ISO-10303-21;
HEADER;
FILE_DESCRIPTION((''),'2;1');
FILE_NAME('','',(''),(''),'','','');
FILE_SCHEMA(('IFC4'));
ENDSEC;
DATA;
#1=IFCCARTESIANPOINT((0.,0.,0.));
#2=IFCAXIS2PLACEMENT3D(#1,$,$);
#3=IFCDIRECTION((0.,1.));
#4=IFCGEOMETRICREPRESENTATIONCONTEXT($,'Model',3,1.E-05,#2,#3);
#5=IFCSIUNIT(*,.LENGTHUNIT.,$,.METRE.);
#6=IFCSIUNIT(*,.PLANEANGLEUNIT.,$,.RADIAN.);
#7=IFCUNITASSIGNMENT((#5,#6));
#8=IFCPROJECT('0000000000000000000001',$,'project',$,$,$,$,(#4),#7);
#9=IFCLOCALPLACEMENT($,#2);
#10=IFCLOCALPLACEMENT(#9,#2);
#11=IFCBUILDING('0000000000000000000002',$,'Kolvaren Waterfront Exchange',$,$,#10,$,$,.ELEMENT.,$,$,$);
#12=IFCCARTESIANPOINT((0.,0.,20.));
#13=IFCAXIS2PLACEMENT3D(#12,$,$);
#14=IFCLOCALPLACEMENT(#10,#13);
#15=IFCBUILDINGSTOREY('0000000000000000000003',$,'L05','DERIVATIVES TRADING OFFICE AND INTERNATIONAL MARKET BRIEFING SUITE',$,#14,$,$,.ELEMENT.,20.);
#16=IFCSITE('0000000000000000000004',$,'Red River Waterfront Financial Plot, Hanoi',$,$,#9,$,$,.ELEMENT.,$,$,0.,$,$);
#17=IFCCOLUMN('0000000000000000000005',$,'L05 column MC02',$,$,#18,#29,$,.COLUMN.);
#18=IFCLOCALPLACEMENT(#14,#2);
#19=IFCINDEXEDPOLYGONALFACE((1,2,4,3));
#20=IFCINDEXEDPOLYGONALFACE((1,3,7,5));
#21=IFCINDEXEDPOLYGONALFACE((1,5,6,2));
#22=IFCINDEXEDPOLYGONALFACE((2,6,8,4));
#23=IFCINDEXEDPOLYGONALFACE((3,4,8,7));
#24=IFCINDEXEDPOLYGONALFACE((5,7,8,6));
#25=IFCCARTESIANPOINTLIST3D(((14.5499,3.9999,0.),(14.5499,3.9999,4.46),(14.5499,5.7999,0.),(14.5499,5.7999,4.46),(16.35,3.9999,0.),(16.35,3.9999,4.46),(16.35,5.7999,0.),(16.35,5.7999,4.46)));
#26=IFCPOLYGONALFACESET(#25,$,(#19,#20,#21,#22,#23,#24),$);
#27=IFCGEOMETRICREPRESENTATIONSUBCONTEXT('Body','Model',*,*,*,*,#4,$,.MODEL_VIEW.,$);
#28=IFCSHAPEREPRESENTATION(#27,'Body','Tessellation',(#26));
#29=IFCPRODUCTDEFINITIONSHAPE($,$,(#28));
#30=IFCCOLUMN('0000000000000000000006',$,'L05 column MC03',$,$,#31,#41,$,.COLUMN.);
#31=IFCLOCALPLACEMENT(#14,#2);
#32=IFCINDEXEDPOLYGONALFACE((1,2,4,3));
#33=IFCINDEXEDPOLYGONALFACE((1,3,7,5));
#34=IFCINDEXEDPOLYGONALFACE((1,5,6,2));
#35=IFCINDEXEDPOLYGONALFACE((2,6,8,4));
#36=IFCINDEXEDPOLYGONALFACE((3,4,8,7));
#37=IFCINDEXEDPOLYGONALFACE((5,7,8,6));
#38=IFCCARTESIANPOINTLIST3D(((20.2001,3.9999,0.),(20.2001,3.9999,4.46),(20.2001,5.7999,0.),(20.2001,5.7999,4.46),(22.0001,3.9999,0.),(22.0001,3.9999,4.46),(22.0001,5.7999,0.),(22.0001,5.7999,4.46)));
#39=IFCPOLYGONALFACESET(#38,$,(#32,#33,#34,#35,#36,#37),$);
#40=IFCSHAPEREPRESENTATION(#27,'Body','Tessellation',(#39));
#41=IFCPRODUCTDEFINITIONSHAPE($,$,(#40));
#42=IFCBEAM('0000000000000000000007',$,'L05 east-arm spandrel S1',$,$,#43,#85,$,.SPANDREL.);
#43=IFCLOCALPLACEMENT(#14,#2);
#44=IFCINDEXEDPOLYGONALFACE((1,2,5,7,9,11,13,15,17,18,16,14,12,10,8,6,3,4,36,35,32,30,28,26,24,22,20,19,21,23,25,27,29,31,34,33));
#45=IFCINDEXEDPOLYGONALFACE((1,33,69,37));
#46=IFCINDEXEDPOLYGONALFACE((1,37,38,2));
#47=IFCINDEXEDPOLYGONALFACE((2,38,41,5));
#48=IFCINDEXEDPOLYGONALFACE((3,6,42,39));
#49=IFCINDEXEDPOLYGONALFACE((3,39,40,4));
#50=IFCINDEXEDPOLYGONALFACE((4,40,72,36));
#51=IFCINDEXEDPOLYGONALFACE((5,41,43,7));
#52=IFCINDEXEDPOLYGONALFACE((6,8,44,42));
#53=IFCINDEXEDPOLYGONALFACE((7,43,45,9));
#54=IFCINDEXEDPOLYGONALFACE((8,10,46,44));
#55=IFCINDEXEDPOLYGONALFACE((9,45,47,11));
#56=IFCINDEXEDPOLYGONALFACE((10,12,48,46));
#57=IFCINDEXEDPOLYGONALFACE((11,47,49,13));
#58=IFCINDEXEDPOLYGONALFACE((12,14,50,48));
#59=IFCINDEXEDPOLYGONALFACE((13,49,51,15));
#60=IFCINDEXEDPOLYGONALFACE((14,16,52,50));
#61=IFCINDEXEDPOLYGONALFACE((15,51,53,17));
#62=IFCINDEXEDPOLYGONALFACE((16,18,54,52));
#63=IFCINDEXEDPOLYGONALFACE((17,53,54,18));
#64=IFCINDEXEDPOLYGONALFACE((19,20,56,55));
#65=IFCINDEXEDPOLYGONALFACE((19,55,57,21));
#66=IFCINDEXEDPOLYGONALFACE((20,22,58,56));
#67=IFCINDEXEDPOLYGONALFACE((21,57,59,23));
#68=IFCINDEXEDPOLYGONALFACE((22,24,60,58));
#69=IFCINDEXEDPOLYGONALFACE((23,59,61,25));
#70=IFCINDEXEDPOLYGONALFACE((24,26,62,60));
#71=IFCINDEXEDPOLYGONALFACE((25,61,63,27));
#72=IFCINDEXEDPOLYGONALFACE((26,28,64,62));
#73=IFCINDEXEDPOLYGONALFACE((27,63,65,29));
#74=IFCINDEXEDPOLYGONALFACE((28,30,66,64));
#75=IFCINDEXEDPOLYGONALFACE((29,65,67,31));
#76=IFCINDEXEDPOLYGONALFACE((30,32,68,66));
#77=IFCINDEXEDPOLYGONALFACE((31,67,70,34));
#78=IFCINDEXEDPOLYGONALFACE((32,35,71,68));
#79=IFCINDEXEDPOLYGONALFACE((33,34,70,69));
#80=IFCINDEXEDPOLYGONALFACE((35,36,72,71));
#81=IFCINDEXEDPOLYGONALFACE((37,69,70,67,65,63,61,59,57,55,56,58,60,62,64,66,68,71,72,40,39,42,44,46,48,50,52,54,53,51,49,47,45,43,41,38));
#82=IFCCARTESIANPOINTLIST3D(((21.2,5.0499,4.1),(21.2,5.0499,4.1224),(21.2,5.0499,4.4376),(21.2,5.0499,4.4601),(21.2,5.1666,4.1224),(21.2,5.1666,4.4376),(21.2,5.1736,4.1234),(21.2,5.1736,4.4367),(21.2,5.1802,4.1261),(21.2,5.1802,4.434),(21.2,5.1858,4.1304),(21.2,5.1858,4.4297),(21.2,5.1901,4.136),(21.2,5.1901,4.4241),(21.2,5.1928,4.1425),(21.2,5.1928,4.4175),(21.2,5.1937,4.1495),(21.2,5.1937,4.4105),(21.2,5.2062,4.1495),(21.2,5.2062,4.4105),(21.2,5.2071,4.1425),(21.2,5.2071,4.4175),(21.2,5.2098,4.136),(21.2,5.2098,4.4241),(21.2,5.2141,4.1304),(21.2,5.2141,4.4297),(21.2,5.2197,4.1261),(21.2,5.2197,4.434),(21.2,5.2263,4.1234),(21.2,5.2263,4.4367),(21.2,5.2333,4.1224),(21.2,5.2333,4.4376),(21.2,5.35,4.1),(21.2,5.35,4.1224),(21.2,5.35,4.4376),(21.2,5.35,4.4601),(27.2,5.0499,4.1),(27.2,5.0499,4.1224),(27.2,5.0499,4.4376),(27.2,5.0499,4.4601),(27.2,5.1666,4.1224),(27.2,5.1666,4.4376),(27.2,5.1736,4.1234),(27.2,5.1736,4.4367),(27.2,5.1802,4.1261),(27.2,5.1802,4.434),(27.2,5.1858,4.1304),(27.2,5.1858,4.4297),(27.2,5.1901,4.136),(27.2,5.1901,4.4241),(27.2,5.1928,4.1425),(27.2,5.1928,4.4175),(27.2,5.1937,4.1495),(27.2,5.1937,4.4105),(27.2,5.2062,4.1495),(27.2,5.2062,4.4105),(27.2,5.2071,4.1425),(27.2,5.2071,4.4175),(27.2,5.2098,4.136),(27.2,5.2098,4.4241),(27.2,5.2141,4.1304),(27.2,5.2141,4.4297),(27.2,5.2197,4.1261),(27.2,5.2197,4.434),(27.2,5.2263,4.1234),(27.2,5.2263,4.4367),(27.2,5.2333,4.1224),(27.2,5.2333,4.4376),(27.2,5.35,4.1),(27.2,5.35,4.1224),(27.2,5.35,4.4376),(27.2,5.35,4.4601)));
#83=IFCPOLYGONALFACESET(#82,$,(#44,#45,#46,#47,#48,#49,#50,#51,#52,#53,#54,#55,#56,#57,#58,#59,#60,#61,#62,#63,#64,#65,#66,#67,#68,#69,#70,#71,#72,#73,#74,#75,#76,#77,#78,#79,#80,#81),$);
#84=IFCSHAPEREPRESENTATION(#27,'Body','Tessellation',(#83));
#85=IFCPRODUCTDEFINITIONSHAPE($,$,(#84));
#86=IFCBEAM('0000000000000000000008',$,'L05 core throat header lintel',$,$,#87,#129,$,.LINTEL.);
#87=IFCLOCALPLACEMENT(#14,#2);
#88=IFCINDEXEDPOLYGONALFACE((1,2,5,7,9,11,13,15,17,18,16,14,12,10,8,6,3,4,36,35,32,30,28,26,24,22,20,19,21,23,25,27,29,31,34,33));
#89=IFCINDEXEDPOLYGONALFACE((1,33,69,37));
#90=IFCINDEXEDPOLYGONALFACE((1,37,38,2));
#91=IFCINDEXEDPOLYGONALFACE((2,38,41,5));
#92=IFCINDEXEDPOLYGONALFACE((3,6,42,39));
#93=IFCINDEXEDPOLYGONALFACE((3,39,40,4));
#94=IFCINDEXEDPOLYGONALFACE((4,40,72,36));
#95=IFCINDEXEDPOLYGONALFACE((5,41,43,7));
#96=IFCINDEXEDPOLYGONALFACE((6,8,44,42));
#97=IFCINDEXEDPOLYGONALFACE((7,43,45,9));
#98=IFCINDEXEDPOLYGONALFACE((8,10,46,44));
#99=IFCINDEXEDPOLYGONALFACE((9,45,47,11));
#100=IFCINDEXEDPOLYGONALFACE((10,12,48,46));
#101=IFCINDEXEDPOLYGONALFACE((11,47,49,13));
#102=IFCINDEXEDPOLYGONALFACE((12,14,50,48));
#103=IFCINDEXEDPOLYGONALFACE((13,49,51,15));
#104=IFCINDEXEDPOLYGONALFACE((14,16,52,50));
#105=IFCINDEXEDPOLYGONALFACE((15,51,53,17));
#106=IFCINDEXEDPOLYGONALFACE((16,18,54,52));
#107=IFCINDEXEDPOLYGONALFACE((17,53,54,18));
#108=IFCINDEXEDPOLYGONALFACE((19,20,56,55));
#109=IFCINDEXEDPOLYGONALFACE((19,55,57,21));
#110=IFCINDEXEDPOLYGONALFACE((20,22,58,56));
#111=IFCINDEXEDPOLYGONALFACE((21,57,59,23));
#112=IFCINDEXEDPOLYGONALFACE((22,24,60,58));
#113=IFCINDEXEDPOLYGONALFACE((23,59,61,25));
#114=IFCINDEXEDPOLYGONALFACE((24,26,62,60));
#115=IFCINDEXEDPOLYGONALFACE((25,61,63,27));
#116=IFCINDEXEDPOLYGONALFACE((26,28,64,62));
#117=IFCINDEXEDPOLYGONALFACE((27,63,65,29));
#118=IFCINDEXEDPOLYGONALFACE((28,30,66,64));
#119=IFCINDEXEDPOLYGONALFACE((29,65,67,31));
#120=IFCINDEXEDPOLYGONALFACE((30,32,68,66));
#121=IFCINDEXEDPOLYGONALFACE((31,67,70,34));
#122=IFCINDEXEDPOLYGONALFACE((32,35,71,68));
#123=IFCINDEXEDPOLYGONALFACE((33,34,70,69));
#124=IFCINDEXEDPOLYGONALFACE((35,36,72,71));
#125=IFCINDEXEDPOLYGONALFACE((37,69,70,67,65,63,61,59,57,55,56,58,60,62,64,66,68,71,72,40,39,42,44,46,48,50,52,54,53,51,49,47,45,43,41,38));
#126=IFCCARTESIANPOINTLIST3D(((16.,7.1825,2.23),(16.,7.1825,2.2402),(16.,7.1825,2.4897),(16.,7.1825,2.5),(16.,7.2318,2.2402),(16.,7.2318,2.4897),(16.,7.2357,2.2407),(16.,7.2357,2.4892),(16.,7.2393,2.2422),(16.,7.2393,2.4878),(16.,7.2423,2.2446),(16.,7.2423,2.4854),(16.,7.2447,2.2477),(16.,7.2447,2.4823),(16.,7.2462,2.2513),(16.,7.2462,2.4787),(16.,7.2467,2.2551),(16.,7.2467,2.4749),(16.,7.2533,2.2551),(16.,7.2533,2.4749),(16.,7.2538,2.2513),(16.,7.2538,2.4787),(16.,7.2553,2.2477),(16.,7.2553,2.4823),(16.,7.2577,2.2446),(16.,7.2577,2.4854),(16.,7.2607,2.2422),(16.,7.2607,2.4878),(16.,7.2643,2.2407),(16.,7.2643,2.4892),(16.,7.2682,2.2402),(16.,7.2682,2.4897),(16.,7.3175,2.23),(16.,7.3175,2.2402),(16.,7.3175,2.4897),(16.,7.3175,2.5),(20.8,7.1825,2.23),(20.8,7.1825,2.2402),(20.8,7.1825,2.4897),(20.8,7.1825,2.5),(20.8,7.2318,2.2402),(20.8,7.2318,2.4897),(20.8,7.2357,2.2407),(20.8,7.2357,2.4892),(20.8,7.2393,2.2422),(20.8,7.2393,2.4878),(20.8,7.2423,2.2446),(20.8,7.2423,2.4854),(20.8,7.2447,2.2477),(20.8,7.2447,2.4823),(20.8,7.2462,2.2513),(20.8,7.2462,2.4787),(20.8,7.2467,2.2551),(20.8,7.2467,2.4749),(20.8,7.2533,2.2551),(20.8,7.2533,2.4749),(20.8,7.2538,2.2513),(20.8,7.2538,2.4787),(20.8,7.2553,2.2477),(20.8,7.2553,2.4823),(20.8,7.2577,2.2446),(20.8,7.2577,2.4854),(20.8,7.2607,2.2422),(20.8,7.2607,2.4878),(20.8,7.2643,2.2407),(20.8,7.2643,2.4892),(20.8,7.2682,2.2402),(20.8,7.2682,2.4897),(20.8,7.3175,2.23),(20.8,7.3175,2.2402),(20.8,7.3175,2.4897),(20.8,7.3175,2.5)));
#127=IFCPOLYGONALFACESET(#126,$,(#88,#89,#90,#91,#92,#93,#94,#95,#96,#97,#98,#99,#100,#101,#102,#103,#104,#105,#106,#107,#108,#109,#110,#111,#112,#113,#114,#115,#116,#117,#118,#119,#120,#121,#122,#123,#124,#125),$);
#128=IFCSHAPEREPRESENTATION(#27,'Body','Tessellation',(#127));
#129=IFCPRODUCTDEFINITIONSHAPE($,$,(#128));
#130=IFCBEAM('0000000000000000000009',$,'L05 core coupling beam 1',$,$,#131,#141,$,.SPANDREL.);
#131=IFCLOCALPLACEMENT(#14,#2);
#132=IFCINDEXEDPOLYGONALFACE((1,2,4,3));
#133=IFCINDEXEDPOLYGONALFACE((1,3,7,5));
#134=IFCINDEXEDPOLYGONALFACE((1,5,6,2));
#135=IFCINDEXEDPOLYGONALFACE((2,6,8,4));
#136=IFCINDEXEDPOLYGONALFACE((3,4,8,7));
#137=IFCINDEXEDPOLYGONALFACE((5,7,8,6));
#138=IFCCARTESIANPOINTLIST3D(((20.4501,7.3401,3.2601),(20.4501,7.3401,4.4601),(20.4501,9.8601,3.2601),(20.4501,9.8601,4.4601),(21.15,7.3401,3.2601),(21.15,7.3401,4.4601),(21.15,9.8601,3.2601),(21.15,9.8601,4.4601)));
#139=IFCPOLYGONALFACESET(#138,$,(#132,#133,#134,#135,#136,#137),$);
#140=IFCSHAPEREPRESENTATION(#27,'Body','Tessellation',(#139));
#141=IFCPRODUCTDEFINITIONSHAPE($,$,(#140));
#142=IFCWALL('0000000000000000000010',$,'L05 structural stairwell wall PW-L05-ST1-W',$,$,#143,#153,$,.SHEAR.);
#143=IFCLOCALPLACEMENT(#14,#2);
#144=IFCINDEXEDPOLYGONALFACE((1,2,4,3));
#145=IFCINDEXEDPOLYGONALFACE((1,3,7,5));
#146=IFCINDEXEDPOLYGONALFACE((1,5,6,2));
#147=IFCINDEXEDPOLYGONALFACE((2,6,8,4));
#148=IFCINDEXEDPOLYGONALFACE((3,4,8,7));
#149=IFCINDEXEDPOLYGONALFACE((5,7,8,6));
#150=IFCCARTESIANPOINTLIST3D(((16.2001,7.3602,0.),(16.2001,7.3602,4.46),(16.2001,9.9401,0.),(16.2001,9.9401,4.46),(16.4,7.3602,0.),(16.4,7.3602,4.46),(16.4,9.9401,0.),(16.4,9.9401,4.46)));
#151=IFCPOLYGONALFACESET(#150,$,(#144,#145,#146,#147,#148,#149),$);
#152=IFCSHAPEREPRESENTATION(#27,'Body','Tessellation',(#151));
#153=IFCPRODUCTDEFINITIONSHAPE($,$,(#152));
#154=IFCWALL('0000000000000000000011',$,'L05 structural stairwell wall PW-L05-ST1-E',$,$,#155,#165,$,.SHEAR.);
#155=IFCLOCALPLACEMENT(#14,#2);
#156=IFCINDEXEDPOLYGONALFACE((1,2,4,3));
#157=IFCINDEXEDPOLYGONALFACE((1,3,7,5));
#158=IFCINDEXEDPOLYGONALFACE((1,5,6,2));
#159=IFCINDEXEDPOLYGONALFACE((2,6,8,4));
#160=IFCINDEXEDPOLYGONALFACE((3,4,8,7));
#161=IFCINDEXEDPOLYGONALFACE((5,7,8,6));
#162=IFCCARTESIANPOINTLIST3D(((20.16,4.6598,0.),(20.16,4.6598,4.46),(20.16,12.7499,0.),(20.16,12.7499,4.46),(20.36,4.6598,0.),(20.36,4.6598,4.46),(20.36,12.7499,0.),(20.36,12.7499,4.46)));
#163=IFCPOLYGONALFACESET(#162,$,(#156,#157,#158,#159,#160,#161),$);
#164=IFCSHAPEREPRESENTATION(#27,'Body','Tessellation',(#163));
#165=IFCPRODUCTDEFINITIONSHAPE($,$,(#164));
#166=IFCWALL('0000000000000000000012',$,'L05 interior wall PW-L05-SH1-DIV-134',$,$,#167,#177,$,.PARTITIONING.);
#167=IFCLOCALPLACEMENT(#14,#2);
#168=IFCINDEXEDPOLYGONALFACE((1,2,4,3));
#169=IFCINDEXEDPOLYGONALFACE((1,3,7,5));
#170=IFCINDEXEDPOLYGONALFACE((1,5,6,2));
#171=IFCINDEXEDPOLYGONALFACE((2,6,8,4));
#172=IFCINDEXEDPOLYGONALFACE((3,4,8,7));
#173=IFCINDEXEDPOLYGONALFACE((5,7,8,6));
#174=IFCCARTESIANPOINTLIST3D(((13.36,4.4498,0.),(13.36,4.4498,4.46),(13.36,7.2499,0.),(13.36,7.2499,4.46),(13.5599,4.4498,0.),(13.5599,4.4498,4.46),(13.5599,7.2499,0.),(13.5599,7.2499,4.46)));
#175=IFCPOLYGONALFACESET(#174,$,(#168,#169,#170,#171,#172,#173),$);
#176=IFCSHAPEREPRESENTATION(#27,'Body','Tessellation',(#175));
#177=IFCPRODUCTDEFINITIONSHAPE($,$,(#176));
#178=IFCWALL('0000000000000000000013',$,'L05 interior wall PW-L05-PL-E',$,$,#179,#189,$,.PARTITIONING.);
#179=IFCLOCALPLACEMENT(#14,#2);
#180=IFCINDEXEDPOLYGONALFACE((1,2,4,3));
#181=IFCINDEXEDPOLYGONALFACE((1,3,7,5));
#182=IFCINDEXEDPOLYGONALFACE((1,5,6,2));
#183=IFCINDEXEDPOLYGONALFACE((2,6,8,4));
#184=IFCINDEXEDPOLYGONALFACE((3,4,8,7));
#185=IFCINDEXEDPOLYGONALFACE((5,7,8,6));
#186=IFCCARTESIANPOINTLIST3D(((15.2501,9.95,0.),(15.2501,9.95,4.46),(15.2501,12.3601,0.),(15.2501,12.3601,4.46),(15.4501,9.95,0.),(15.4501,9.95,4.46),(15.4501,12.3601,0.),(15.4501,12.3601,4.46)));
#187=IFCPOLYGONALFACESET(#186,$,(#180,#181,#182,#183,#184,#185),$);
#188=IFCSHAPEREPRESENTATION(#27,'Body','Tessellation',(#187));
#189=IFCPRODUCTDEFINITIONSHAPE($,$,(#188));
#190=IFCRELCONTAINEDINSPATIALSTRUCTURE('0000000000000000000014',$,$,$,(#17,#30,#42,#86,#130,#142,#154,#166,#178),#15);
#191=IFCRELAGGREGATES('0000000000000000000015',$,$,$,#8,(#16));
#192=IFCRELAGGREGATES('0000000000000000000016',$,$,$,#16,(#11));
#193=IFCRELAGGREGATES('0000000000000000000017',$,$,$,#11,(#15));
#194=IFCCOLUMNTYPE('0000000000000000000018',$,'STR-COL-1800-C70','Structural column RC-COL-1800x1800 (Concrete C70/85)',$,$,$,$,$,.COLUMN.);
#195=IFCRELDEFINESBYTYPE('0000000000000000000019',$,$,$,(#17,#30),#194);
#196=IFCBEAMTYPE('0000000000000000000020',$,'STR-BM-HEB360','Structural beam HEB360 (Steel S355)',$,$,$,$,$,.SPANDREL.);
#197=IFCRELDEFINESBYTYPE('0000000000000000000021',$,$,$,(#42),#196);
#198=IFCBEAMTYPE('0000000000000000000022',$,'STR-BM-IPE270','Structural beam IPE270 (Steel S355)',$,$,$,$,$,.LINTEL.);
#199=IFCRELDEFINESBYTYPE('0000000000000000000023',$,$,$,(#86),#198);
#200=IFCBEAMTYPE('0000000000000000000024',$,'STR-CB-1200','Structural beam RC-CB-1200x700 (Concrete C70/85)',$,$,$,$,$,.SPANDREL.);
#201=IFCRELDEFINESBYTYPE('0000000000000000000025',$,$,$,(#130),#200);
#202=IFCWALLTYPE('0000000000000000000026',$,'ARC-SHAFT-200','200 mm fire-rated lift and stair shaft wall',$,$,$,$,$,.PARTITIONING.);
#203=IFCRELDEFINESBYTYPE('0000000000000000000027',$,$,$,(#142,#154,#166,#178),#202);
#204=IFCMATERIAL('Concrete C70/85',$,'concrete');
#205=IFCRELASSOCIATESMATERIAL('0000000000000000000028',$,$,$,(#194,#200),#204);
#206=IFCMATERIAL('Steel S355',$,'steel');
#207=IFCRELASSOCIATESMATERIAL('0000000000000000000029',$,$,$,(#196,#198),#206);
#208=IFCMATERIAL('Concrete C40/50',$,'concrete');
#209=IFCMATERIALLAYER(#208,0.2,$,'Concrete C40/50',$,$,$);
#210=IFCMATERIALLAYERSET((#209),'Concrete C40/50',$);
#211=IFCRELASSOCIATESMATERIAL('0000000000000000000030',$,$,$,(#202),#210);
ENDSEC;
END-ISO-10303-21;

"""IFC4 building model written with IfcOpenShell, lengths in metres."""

from ifc_helpers import new_model, si_unit, direction, frame, frame_2d, origin, origin_2d, place, context, subcontext, project, spatial, rectangle, i_section, extrude, material, layer, layer_set, material_profile, profile_set, type_object, element, save


model = new_model("IFC4")

# Units and contexts
model_context = context("Model", 3, precision=1e-05, world=origin(), true_north=direction((0.0, 1.0)))
body_context = subcontext(model_context, "Body", "Model", "MODEL_VIEW")
ifc_project = project(units=[si_unit("LENGTHUNIT", "METRE"), si_unit("PLANEANGLEUNIT", "RADIAN")], contexts=[model_context])

# Site, building, storey
site_placement = place(None, origin())
site = spatial("IfcSite", under=ifc_project, at=site_placement, Name="Red River Waterfront Financial Plot, Hanoi", CompositionType="ELEMENT", RefElevation=0.0)
building_placement = place(site_placement, origin())
building = spatial("IfcBuilding", under=site, at=building_placement, Name="Kolvaren Waterfront Exchange", CompositionType="ELEMENT")
storey_placement = place(building_placement, frame((0.0, 0.0, 20.0)))
storey = spatial("IfcBuildingStorey", under=building, at=storey_placement, Name="L05", Description="DERIVATIVES TRADING OFFICE AND INTERNATIONAL MARKET BRIEFING SUITE", CompositionType="ELEMENT", Elevation=20.0)

# Columns
ifc_material_1 = material(Name="Concrete C70/85", Category="concrete")
ifc_material_profile_1 = material_profile(ifc_material_1, rectangle(XDim=1.8, YDim=1.8, at=origin_2d()), Name="RC-COL-1800x1800")
ifc_profile_set_1 = profile_set([ifc_material_profile_1], Name="Concrete C70/85")
column_type = type_object("IfcColumnType", Name="STR-COL-1800-C70", Description="Structural column RC-COL-1800x1800 (Concrete C70/85)", PredefinedType="COLUMN", material=ifc_profile_set_1)
for number, where, z_axis, x_axis, name in (
    (1, (15.45, 4.8999, 0.0), (0.0, 0.0, 1.0), (1.0, 0.0, 0.0), "L05 column MC02"),
    (2, (21.1001, 4.8999, 0.0), (0.0, 0.0, 1.0), (1.0, 0.0, 0.0), "L05 column MC03"),
):
    element("IfcColumn", number, at=place(storey_placement, frame(where, z_axis=z_axis, x_axis=x_axis)), inside=storey, type_object=column_type, Name=name, PredefinedType="COLUMN", context=body_context, shape_type="SweptSolid", body=[
        extrude(rectangle(XDim=1.8, YDim=1.8, at=origin_2d()), origin(), (0.0, 0.0, 1.0), 4.46),
    ])

# Beams
ifc_material_2 = material(Name="Steel S355", Category="steel")
ifc_material_profile_2 = material_profile(ifc_material_2, i_section(OverallWidth=0.3, OverallDepth=0.3601, WebThickness=0.0125, FlangeThickness=0.0225, FilletRadius=0.0271, at=origin_2d()), Name="HEB360")
ifc_profile_set_2 = profile_set([ifc_material_profile_2], Name="Steel S355")
beam_type_1 = type_object("IfcBeamType", Name="STR-BM-HEB360", Description="Structural beam HEB360 (Steel S355)", PredefinedType="SPANDREL", material=ifc_profile_set_2)
beam_1_placement = place(storey_placement, frame((21.2, 5.2, 4.28), z_axis=(1.0, 0.0, 0.0), x_axis=(0.0, 1.0, 0.0)))
element("IfcBeam", 3, at=beam_1_placement, inside=storey, type_object=beam_type_1, Name="L05 east-arm spandrel S1", PredefinedType="SPANDREL", context=body_context, shape_type="SweptSolid", body=[
    extrude(i_section(OverallWidth=0.3, OverallDepth=0.3601, WebThickness=0.0125, FlangeThickness=0.0225, FilletRadius=0.0271, at=origin_2d()), origin(), (0.0, 0.0, 1.0), 6.0),
])
ifc_material_profile_3 = material_profile(ifc_material_2, i_section(OverallWidth=0.135, OverallDepth=0.27, WebThickness=0.0066, FlangeThickness=0.0103, FilletRadius=0.0149, at=origin_2d()), Name="IPE270")
ifc_profile_set_3 = profile_set([ifc_material_profile_3], Name="Steel S355")
beam_type_2 = type_object("IfcBeamType", Name="STR-BM-IPE270", Description="Structural beam IPE270 (Steel S355)", PredefinedType="LINTEL", material=ifc_profile_set_3)
beam_2_placement = place(storey_placement, frame((16.0, 7.25, 2.365), z_axis=(1.0, 0.0, 0.0), x_axis=(0.0, 1.0, 0.0)))
element("IfcBeam", 4, at=beam_2_placement, inside=storey, type_object=beam_type_2, Name="L05 core throat header lintel", PredefinedType="LINTEL", context=body_context, shape_type="SweptSolid", body=[
    extrude(i_section(OverallWidth=0.135, OverallDepth=0.27, WebThickness=0.0066, FlangeThickness=0.0103, FilletRadius=0.0149, at=origin_2d()), origin(), (0.0, 0.0, 1.0), 4.8),
])
ifc_material_profile_4 = material_profile(ifc_material_1, rectangle(XDim=0.7, YDim=1.2, at=origin_2d()), Name="RC-CB-1200x700")
ifc_profile_set_4 = profile_set([ifc_material_profile_4], Name="Concrete C70/85")
beam_type_3 = type_object("IfcBeamType", Name="STR-CB-1200", Description="Structural beam RC-CB-1200x700 (Concrete C70/85)", PredefinedType="SPANDREL", material=ifc_profile_set_4)
beam_3_placement = place(storey_placement, frame((20.8, 7.3401, 3.8601), z_axis=(0.0, 1.0, 0.0), x_axis=(-1.0, 0.0, 0.0)))
element("IfcBeam", 5, at=beam_3_placement, inside=storey, type_object=beam_type_3, Name="L05 core coupling beam 1", PredefinedType="SPANDREL", context=body_context, shape_type="SweptSolid", body=[
    extrude(rectangle(XDim=0.7, YDim=1.2, at=origin_2d()), origin(), (0.0, 0.0, 1.0), 2.52),
])

# Walls
ifc_material_3 = material(Name="Concrete C40/50", Category="concrete")
ifc_layer_1 = layer(ifc_material_3, 0.2, Name="Concrete C40/50")
ifc_layer_set_1 = layer_set([ifc_layer_1], Name="Concrete C40/50")
wall_type_1 = type_object("IfcWallType", Name="ARC-SHAFT-200", Description="200 mm fire-rated lift and stair shaft wall", PredefinedType="PARTITIONING", material=ifc_layer_set_1)
wall_1_placement = place(storey_placement, frame((16.3, 7.3601, 0.0), z_axis=(0.0, 0.0, 1.0), x_axis=(0.0, 1.0, 0.0)))
element("IfcWall", 6, at=wall_1_placement, inside=storey, type_object=wall_type_1, Name="L05 structural stairwell wall PW-L05-ST1-W", PredefinedType="SHEAR", context=body_context, shape_type="SweptSolid", body=[
    extrude(rectangle(XDim=2.5798, YDim=0.2, at=frame_2d((1.29, 0.0))), origin(), (0.0, 0.0, 1.0), 4.46),
])
wall_2_placement = place(storey_placement, frame((20.26, 4.6599, 0.0), z_axis=(0.0, 0.0, 1.0), x_axis=(0.0, 1.0, 0.0)))
element("IfcWall", 7, at=wall_2_placement, inside=storey, type_object=wall_type_1, Name="L05 structural stairwell wall PW-L05-ST1-E", PredefinedType="SHEAR", context=body_context, shape_type="SweptSolid", body=[
    extrude(rectangle(XDim=8.0901, YDim=0.2, at=frame_2d((4.0449, 0.0))), origin(), (0.0, 0.0, 1.0), 4.46),
])
wall_3_placement = place(storey_placement, frame((13.46, 4.45, 0.0), z_axis=(0.0, 0.0, 1.0), x_axis=(0.0, 1.0, 0.0)))
element("IfcWall", 8, at=wall_3_placement, inside=storey, type_object=wall_type_1, Name="L05 interior wall PW-L05-SH1-DIV-134", PredefinedType="PARTITIONING", context=body_context, shape_type="SweptSolid", body=[
    extrude(rectangle(XDim=2.8, YDim=0.2, at=frame_2d((1.3999, 0.0))), origin(), (0.0, 0.0, 1.0), 4.46),
])
for number, where, z_axis, x_axis, name in (
    (9, (15.3501, 9.95, 0.0), (0.0, 0.0, 1.0), (0.0, 1.0, 0.0), "L05 interior wall PW-L05-PL-E"),
):
    element("IfcWall", number, at=place(storey_placement, frame(where, z_axis=z_axis, x_axis=x_axis)), inside=storey, type_object=wall_type_1, Name=name, PredefinedType="PARTITIONING", context=body_context, shape_type="SweptSolid", body=[
        extrude(rectangle(XDim=2.4102, YDim=0.2, at=frame_2d((1.2051, 0.0))), origin(), (0.0, 0.0, 1.0), 4.46),
    ])

save(model, "model.ifc")
